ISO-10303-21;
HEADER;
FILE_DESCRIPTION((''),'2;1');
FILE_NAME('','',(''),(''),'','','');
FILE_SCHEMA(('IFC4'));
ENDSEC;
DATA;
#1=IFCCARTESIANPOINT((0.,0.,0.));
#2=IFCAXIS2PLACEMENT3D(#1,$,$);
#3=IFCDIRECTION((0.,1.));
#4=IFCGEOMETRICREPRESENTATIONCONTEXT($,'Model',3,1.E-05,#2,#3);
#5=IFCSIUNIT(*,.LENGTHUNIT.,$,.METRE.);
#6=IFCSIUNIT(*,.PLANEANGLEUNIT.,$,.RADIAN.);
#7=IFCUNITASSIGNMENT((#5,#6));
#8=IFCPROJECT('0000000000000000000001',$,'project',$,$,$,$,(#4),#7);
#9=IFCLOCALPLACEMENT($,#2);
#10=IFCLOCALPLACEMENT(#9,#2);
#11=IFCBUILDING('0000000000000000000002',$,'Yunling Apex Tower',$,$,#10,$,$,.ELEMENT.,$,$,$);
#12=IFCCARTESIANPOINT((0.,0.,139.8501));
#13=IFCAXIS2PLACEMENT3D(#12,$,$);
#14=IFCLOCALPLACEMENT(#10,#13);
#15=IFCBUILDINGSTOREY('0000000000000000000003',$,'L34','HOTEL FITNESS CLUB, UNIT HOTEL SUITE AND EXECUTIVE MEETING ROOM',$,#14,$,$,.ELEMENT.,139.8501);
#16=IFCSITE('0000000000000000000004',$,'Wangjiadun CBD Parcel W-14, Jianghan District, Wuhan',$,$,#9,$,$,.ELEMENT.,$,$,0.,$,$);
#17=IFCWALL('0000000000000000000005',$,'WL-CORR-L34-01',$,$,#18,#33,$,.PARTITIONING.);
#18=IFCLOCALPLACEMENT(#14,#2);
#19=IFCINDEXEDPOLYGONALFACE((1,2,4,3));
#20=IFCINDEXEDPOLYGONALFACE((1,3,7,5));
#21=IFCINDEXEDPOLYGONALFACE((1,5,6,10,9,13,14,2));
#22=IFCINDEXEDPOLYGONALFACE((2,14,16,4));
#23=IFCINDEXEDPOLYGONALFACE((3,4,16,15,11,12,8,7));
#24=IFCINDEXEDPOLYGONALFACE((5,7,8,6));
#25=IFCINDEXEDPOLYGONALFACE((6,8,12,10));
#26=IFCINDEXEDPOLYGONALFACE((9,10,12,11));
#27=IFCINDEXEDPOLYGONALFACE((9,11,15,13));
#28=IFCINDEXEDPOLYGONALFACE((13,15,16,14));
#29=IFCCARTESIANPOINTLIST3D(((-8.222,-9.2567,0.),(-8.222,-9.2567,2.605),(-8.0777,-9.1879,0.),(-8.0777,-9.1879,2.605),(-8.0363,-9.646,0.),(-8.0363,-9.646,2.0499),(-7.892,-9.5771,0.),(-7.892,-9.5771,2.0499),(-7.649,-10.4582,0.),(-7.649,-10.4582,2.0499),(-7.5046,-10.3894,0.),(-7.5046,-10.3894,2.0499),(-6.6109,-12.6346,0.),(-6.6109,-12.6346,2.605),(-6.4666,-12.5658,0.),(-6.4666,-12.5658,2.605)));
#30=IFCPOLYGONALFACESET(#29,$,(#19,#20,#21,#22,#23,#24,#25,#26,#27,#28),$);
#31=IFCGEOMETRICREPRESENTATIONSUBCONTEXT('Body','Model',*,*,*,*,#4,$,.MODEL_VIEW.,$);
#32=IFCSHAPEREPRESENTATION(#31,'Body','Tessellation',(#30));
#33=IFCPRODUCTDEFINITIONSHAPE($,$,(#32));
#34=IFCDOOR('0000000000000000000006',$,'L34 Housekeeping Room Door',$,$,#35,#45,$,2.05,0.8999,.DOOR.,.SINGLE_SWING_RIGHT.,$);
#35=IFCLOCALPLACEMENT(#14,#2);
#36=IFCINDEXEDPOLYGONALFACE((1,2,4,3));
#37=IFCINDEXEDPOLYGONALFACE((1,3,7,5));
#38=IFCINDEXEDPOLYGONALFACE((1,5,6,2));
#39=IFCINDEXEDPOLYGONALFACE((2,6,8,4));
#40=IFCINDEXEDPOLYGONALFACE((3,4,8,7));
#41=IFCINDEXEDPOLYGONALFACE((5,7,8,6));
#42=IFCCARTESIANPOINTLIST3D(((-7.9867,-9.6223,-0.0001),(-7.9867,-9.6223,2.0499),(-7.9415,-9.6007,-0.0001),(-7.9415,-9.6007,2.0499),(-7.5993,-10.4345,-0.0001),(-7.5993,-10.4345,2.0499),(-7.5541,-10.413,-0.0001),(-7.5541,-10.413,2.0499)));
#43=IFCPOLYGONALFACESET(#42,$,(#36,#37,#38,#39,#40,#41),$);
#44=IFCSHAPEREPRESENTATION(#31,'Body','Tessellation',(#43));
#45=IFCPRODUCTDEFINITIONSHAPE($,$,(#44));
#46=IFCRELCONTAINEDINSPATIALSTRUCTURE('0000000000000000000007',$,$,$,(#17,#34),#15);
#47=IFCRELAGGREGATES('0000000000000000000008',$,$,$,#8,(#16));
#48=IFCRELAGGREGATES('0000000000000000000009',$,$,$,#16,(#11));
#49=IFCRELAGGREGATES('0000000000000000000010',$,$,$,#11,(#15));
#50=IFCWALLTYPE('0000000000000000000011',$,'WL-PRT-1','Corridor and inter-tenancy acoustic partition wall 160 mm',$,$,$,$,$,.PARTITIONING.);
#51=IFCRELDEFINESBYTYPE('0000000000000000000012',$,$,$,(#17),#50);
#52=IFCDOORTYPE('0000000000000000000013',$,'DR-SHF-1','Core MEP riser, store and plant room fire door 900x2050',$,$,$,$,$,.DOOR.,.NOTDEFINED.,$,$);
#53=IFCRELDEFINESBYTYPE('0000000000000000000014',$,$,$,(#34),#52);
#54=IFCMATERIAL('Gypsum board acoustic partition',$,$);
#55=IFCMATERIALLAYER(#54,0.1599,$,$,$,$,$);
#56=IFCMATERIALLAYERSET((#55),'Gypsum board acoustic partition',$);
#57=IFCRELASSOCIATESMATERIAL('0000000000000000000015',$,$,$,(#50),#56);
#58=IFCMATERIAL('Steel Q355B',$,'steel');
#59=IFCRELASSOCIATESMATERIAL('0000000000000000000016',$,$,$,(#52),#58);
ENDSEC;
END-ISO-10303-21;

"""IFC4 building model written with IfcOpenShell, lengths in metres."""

from ifc_helpers import new_model, si_unit, direction, frame, frame_2d, origin, place, context, subcontext, project, spatial, rectangle, extrude, material, layer, layer_set, type_object, element, fill, save


model = new_model("IFC4")

# Units and contexts
model_context = context("Model", 3, precision=1e-05, world=origin(), true_north=direction((0.0, 1.0)))
body_context = subcontext(model_context, "Body", "Model", "MODEL_VIEW")
ifc_project = project(units=[si_unit("LENGTHUNIT", "METRE"), si_unit("PLANEANGLEUNIT", "RADIAN")], contexts=[model_context])

# Site, building, storey
site_placement = place(None, origin())
site = spatial("IfcSite", under=ifc_project, at=site_placement, Name="Wangjiadun CBD Parcel W-14, Jianghan District, Wuhan", CompositionType="ELEMENT", RefElevation=0.0)
building_placement = place(site_placement, origin())
building = spatial("IfcBuilding", under=site, at=building_placement, Name="Yunling Apex Tower", CompositionType="ELEMENT")
storey_placement = place(building_placement, frame((0.0, 0.0, 139.8501)))
storey = spatial("IfcBuildingStorey", under=building, at=storey_placement, Name="L34", Description="HOTEL FITNESS CLUB, UNIT HOTEL SUITE AND EXECUTIVE MEETING ROOM", CompositionType="ELEMENT", Elevation=139.8501)

# Shared definitions
ifc_material_1 = material(Name="Steel Q355B", Category="steel")

# Wall, opening, door
ifc_material_2 = material(Name="Gypsum board acoustic partition")
ifc_layer_1 = layer(ifc_material_2, 0.1599)
ifc_layer_set_1 = layer_set([ifc_layer_1], Name="Gypsum board acoustic partition")
wall_type = type_object("IfcWallType", Name="WL-PRT-1", Description="Corridor and inter-tenancy acoustic partition wall 160 mm", PredefinedType="PARTITIONING", material=ifc_layer_set_1)
wall_placement = place(storey_placement, frame((-6.5388, -12.6001, 0.0), z_axis=(0.0, 0.0, 1.0), x_axis=(-0.430488, 0.902596, 0.0)))
wall = element("IfcWall", 1, at=wall_placement, inside=storey, type_object=wall_type, Name="WL-CORR-L34-01", PredefinedType="PARTITIONING", context=body_context, shape_type="SweptSolid", body=[
    extrude(rectangle(XDim=3.7424, YDim=0.1599, at=frame_2d((1.8711, 0.0))), origin(), (0.0, 0.0, 1.0), 2.605),
])
opening_placement = place(wall_placement, frame((2.4111, 0.0, 0.0)))
opening = element("IfcOpeningElement", 2, at=opening_placement, cuts=wall, PredefinedType="OPENING", context=body_context, shape_type="SweptSolid", body=[
    extrude(rectangle(XDim=0.8999, YDim=2.05, at=frame_2d((0.45, 1.0249))), frame((0.0, 0.0898, 0.0), z_axis=(0.0, -1.0, 0.0), x_axis=(1.0, 0.0, 0.0)), (0.0, 0.0, 1.0), 0.1799),
])
door_type = type_object("IfcDoorType", Name="DR-SHF-1", Description="Core MEP riser, store and plant room fire door 900x2050", OperationType="NOTDEFINED", PredefinedType="DOOR", material=ifc_material_1)
door_placement = place(opening_placement, origin())
door = element("IfcDoor", 3, at=door_placement, inside=storey, type_object=door_type, Name="L34 Housekeeping Room Door", OperationType="SINGLE_SWING_RIGHT", OverallHeight=2.05, OverallWidth=0.8999, PredefinedType="DOOR", context=body_context, shape_type="SweptSolid", body=[
    extrude(rectangle(XDim=0.8999, YDim=2.05, at=frame_2d((0.45, 1.0249))), frame((0.0, 0.0249, 0.0), z_axis=(0.0, -1.0, 0.0), x_axis=(1.0, 0.0, 0.0)), (0.0, 0.0, 1.0), 0.05),
])
fill(opening, door)

save(model, "model.ifc")
